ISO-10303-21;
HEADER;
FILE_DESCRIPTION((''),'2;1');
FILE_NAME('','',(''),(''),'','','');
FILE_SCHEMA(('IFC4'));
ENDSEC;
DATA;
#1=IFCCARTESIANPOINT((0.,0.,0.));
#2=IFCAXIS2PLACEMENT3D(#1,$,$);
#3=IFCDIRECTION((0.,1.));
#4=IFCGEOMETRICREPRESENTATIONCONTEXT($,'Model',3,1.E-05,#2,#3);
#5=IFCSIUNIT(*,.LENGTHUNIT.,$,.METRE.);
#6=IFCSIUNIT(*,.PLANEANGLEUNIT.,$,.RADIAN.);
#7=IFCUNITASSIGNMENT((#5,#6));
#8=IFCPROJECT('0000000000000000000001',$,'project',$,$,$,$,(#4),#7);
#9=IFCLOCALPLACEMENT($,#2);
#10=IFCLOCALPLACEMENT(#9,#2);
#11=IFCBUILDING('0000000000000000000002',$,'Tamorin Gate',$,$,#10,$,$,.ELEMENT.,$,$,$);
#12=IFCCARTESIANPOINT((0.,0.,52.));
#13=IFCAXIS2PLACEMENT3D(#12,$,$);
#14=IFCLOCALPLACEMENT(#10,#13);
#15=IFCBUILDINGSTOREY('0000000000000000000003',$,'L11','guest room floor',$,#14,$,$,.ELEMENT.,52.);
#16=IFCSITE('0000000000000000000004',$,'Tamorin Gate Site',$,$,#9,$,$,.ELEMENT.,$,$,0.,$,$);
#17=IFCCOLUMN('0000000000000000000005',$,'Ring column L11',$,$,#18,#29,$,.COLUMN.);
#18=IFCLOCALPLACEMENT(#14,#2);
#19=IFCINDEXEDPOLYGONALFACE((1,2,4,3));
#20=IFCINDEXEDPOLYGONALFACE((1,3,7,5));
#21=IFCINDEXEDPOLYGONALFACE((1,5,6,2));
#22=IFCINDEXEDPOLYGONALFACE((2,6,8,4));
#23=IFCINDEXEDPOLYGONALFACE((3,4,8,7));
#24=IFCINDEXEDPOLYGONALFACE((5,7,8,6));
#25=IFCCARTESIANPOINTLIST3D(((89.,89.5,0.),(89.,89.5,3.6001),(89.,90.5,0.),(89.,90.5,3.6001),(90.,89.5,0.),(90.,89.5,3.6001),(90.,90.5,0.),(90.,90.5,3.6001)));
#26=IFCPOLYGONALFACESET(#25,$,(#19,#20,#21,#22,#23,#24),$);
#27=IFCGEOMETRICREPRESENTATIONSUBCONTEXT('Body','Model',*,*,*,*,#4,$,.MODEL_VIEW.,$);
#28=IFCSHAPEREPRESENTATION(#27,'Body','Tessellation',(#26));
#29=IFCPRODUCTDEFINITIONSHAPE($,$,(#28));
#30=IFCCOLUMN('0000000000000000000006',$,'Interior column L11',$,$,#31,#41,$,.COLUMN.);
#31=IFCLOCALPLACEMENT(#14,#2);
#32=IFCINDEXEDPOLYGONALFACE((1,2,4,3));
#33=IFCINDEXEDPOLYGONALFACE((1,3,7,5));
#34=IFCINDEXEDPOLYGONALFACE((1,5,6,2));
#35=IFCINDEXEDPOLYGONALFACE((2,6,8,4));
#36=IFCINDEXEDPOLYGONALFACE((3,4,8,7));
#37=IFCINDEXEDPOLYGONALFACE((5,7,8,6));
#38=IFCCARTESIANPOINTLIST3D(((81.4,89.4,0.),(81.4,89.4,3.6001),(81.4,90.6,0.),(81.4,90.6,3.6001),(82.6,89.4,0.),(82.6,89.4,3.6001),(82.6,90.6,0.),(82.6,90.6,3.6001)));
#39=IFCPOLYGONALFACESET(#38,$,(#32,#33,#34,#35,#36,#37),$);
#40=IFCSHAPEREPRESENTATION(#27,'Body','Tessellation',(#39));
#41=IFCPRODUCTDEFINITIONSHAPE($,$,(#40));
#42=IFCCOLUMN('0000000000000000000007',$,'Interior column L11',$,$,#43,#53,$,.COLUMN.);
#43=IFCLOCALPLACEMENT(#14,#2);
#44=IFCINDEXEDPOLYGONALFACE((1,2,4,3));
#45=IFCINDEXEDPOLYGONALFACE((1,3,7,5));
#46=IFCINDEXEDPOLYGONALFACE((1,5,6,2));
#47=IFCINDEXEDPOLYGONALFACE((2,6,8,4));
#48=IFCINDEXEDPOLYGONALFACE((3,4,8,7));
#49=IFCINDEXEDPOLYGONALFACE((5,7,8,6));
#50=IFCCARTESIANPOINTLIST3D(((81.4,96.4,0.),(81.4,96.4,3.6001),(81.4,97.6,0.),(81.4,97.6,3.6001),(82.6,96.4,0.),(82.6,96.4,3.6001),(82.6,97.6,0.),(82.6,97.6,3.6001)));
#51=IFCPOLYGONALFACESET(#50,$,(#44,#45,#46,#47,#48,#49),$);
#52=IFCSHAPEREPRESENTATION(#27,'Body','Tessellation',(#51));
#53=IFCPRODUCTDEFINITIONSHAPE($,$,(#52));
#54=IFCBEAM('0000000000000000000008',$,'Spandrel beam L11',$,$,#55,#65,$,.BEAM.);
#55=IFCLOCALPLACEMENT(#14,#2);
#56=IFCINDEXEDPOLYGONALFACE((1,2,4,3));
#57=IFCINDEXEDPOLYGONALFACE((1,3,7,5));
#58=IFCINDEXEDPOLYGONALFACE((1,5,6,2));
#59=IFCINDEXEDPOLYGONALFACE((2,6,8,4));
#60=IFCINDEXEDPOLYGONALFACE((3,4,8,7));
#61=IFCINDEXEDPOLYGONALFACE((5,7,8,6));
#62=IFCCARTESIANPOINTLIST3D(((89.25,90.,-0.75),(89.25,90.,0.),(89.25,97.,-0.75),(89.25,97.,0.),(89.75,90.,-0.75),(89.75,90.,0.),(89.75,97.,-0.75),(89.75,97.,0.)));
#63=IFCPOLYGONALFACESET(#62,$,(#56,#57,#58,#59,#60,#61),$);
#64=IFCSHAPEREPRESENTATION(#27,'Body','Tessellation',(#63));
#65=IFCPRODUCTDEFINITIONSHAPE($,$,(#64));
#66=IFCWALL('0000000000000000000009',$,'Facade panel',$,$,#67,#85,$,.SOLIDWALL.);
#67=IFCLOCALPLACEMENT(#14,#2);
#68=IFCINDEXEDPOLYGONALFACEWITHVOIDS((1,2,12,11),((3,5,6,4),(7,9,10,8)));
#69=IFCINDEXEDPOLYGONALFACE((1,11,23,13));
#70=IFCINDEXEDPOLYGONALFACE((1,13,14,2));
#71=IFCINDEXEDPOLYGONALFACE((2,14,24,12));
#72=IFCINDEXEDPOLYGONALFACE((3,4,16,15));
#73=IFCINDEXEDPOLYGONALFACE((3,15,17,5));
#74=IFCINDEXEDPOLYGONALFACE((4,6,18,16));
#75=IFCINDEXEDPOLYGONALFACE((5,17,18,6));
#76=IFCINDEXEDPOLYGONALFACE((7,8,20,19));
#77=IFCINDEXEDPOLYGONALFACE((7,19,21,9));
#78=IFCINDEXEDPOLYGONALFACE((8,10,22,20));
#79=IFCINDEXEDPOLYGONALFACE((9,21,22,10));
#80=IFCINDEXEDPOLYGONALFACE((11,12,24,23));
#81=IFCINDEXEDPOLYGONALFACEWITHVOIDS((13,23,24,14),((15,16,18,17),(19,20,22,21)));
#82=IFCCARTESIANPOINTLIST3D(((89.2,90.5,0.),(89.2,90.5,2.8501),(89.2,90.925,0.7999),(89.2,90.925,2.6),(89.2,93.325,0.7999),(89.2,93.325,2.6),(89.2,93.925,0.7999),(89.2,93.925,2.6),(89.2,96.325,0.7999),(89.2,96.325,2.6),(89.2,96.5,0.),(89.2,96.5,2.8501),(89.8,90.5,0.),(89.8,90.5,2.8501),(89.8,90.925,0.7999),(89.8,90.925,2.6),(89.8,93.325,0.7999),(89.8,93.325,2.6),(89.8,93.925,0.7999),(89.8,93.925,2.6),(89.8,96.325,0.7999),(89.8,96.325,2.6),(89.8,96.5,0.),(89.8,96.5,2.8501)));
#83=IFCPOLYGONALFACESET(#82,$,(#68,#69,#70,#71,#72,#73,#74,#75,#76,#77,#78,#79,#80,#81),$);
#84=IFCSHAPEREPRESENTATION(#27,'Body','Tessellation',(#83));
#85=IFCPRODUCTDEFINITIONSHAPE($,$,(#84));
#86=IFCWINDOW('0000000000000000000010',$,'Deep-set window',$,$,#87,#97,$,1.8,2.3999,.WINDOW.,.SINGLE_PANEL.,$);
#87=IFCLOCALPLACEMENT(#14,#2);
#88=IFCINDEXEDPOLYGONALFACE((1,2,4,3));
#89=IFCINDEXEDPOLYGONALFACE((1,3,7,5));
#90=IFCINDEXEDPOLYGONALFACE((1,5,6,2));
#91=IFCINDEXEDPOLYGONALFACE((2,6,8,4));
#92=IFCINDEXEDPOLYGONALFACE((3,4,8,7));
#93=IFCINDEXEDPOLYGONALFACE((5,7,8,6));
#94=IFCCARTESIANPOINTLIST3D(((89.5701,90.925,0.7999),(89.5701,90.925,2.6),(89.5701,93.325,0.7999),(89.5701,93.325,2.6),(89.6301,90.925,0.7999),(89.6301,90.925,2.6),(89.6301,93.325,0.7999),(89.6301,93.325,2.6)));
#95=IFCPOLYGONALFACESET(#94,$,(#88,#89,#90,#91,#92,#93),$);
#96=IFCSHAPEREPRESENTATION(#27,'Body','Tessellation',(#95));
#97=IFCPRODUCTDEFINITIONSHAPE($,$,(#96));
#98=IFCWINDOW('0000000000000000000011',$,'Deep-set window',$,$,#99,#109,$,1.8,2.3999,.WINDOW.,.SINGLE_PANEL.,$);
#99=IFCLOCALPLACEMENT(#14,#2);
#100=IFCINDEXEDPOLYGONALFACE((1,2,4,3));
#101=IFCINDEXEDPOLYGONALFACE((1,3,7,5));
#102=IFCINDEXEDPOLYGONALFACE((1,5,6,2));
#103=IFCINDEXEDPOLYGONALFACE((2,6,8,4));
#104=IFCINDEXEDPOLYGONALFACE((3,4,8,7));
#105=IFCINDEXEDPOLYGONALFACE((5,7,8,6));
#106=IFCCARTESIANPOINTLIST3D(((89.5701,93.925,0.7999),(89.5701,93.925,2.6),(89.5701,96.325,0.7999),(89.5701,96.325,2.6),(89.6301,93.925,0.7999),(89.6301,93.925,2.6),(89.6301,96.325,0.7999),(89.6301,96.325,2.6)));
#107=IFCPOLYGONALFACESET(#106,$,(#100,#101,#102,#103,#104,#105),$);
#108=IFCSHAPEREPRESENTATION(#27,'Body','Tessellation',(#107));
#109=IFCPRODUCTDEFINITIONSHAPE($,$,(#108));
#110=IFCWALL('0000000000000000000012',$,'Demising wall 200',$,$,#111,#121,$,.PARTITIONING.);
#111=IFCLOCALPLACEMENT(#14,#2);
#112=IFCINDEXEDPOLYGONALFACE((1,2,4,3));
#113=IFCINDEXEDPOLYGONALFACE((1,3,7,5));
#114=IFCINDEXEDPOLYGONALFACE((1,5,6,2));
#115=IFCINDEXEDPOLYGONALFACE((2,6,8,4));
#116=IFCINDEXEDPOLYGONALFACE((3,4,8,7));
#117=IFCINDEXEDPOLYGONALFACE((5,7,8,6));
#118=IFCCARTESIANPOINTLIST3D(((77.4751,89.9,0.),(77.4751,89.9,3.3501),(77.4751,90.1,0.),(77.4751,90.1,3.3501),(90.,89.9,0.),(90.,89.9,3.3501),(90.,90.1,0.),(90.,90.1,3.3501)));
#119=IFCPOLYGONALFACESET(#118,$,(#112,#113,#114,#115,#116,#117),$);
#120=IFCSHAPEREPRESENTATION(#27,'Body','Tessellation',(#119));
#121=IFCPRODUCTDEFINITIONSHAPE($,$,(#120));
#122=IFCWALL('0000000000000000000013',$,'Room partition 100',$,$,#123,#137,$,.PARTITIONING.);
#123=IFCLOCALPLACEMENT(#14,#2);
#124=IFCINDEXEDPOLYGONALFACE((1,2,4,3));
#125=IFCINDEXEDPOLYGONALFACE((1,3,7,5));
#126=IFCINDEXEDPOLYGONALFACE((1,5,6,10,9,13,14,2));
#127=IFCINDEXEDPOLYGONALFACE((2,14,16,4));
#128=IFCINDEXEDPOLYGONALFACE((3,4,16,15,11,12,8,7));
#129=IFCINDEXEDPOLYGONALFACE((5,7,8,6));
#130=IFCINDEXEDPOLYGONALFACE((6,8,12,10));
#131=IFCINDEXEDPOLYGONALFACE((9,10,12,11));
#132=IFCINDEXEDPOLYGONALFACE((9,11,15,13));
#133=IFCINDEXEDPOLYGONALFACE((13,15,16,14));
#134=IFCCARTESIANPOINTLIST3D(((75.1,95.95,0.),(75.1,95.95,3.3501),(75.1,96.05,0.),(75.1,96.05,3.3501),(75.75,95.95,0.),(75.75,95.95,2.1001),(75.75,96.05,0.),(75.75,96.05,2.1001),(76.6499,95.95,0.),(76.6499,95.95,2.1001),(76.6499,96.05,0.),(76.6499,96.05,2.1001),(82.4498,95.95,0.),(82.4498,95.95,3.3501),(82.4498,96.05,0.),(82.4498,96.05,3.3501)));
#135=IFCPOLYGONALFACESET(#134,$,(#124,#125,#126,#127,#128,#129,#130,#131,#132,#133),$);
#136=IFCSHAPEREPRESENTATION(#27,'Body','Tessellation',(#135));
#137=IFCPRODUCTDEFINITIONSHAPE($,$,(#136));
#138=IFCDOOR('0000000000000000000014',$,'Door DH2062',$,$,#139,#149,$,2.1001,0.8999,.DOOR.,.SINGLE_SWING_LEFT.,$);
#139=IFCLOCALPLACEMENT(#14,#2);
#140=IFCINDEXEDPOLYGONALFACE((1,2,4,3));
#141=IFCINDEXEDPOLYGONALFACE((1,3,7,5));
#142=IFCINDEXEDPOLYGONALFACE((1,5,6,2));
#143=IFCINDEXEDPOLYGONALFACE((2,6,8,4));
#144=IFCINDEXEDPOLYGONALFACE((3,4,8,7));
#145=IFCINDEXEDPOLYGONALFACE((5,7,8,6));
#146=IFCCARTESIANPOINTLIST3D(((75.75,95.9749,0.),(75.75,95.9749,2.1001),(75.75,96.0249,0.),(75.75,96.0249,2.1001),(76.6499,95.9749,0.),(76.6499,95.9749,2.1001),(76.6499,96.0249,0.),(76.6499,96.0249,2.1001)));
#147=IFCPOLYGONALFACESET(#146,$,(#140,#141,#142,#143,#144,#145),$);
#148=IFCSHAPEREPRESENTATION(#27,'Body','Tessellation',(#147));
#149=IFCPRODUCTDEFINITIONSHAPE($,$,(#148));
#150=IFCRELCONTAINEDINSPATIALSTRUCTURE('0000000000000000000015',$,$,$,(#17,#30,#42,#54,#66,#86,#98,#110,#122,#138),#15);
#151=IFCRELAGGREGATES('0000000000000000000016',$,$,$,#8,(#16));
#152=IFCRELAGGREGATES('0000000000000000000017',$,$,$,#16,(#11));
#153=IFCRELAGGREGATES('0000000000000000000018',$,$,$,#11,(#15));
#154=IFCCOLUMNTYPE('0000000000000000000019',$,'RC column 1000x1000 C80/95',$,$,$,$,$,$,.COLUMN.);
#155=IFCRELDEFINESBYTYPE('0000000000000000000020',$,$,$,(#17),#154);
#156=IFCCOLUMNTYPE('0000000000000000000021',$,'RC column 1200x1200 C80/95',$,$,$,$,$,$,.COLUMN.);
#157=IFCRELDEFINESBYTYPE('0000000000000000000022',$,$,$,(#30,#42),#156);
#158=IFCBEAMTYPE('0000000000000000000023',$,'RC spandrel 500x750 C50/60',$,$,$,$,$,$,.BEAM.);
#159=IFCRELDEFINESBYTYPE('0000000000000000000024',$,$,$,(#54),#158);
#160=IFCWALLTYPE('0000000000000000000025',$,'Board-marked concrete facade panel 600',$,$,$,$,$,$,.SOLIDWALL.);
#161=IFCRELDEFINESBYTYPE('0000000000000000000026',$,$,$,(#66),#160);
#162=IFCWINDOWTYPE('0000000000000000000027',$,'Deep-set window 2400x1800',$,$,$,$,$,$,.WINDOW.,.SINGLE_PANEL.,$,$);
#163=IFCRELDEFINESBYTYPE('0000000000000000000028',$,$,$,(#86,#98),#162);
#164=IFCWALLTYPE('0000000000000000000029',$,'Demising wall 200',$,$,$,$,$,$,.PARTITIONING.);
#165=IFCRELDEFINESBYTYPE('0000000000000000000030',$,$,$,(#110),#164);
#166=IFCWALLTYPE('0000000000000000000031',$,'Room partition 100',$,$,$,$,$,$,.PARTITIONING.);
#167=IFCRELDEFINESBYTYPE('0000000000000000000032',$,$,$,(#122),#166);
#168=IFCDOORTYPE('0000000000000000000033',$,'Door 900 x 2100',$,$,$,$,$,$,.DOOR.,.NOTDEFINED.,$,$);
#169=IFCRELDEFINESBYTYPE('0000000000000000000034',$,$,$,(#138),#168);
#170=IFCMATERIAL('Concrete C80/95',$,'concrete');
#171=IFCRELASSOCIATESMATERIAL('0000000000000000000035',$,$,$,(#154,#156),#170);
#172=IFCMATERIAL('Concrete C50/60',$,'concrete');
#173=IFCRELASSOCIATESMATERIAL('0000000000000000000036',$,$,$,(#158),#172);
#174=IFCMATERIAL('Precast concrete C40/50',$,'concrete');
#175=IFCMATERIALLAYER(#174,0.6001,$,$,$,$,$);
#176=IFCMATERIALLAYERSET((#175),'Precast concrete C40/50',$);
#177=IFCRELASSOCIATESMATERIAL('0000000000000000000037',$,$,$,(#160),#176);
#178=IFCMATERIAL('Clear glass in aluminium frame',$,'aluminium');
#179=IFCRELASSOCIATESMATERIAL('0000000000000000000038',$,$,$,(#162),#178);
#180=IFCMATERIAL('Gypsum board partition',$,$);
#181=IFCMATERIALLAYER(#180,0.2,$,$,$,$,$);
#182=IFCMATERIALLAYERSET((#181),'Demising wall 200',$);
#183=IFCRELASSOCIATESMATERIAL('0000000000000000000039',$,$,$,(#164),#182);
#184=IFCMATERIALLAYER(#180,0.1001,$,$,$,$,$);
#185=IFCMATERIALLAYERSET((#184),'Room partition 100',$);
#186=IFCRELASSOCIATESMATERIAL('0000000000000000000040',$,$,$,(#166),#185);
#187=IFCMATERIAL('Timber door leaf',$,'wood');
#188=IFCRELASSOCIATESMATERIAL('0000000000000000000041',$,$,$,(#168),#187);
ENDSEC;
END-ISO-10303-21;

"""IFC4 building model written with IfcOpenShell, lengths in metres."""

from ifc_helpers import new_model, si_unit, direction, frame, frame_2d, origin, origin_2d, place, context, subcontext, project, spatial, rectangle, extrude, material, layer, layer_set, material_profile, profile_set, type_object, element, fill, save


model = new_model("IFC4")

# Units and contexts
model_context = context("Model", 3, precision=1e-05, world=origin(), true_north=direction((0.0, 1.0)))
body_context = subcontext(model_context, "Body", "Model", "MODEL_VIEW")
ifc_project = project(units=[si_unit("LENGTHUNIT", "METRE"), si_unit("PLANEANGLEUNIT", "RADIAN")], contexts=[model_context])

# Site, building, storey
site_placement = place(None, origin())
site = spatial("IfcSite", under=ifc_project, at=site_placement, Name="Tamorin Gate Site", CompositionType="ELEMENT", RefElevation=0.0)
building_placement = place(site_placement, origin())
building = spatial("IfcBuilding", under=site, at=building_placement, Name="Tamorin Gate", CompositionType="ELEMENT")
storey_placement = place(building_placement, frame((0.0, 0.0, 52.0)))
storey = spatial("IfcBuildingStorey", under=building, at=storey_placement, Name="L11", Description="guest room floor", CompositionType="ELEMENT", Elevation=52.0)

# Columns
ifc_material_1 = material(Name="Concrete C80/95", Category="concrete")
ifc_material_profile_1 = material_profile(ifc_material_1, rectangle(XDim=1.0, YDim=1.0, at=origin_2d()), Name="RC 1000x1000")
ifc_profile_set_1 = profile_set([ifc_material_profile_1], Name="Concrete C80/95")
column_type_1 = type_object("IfcColumnType", Name="RC column 1000x1000 C80/95", PredefinedType="COLUMN", material=ifc_profile_set_1)
column_placement = place(storey_placement, frame((89.5, 90.0, 0.0), z_axis=(0.0, 0.0, 1.0), x_axis=(1.0, 0.0, 0.0)))
element("IfcColumn", 1, at=column_placement, inside=storey, type_object=column_type_1, Name="Ring column L11", PredefinedType="COLUMN", context=body_context, shape_type="SweptSolid", body=[
    extrude(rectangle(XDim=1.0, YDim=1.0, at=origin_2d()), origin(), (0.0, 0.0, 1.0), 3.6001),
])
ifc_material_profile_2 = material_profile(ifc_material_1, rectangle(XDim=1.2, YDim=1.2, at=origin_2d()), Name="RC 1200x1200")
ifc_profile_set_2 = profile_set([ifc_material_profile_2], Name="Concrete C80/95")
column_type_2 = type_object("IfcColumnType", Name="RC column 1200x1200 C80/95", PredefinedType="COLUMN", material=ifc_profile_set_2)
for number, where, z_axis, x_axis, name in (
    (2, (82.0, 90.0, 0.0), (0.0, 0.0, 1.0), (1.0, 0.0, 0.0), "Interior column L11"),
    (3, (82.0, 97.0, 0.0), (0.0, 0.0, 1.0), (1.0, 0.0, 0.0), "Interior column L11"),
):
    element("IfcColumn", number, at=place(storey_placement, frame(where, z_axis=z_axis, x_axis=x_axis)), inside=storey, type_object=column_type_2, Name=name, PredefinedType="COLUMN", context=body_context, shape_type="SweptSolid", body=[
        extrude(rectangle(XDim=1.2, YDim=1.2, at=origin_2d()), origin(), (0.0, 0.0, 1.0), 3.6001),
    ])

# Beam
ifc_material_2 = material(Name="Concrete C50/60", Category="concrete")
ifc_material_profile_3 = material_profile(ifc_material_2, rectangle(XDim=0.5, YDim=0.75, at=origin_2d()), Name="RC 500x750")
ifc_profile_set_3 = profile_set([ifc_material_profile_3], Name="Concrete C50/60")
beam_type = type_object("IfcBeamType", Name="RC spandrel 500x750 C50/60", PredefinedType="BEAM", material=ifc_profile_set_3)
beam_placement = place(storey_placement, frame((89.5, 90.0, -0.375), z_axis=(0.0, 1.0, 0.0), x_axis=(-1.0, 0.0, 0.0)))
element("IfcBeam", 4, at=beam_placement, inside=storey, type_object=beam_type, Name="Spandrel beam L11", PredefinedType="BEAM", context=body_context, shape_type="SweptSolid", body=[
    extrude(rectangle(XDim=0.5, YDim=0.75, at=origin_2d()), origin(), (0.0, 0.0, 1.0), 7.0),
])

# Wall, openings, windows
ifc_material_3 = material(Name="Precast concrete C40/50", Category="concrete")
ifc_layer_1 = layer(ifc_material_3, 0.6001)
ifc_layer_set_1 = layer_set([ifc_layer_1], Name="Precast concrete C40/50")
wall_type_1 = type_object("IfcWallType", Name="Board-marked concrete facade panel 600", PredefinedType="SOLIDWALL", material=ifc_layer_set_1)
wall_1_placement = place(storey_placement, frame((89.5, 90.5, 0.0), z_axis=(0.0, 0.0, 1.0), x_axis=(0.0, 1.0, 0.0)))
wall_1 = element("IfcWall", 5, at=wall_1_placement, inside=storey, type_object=wall_type_1, Name="Facade panel", PredefinedType="SOLIDWALL", context=body_context, shape_type="SweptSolid", body=[
    extrude(rectangle(XDim=6.0, YDim=0.6001, at=frame_2d((3.0, 0.0))), origin(), (0.0, 0.0, 1.0), 2.8501),
])
opening_1_placement = place(wall_1_placement, frame((0.425, 0.0, 0.8)))
opening_1 = element("IfcOpeningElement", 6, at=opening_1_placement, cuts=wall_1, PredefinedType="OPENING", context=body_context, shape_type="SweptSolid", body=[
    extrude(rectangle(XDim=2.3999, YDim=1.8, at=frame_2d((1.2, 0.8999))), frame((0.0, 0.3101, 0.0), z_axis=(0.0, -1.0, 0.0), x_axis=(1.0, 0.0, 0.0)), (0.0, 0.0, 1.0), 0.6201),
])
opening_2_placement = place(wall_1_placement, frame((3.425, 0.0, 0.8)))
opening_2 = element("IfcOpeningElement", 7, at=opening_2_placement, cuts=wall_1, PredefinedType="OPENING", context=body_context, shape_type="SweptSolid", body=[
    extrude(rectangle(XDim=2.3999, YDim=1.8, at=frame_2d((1.2, 0.8999))), frame((0.0, 0.3101, 0.0), z_axis=(0.0, -1.0, 0.0), x_axis=(1.0, 0.0, 0.0)), (0.0, 0.0, 1.0), 0.6201),
])
ifc_material_4 = material(Name="Clear glass in aluminium frame", Category="aluminium")
window_type = type_object("IfcWindowType", Name="Deep-set window 2400x1800", PartitioningType="SINGLE_PANEL", PredefinedType="WINDOW", material=ifc_material_4)
window_1_placement = place(opening_1_placement, origin())
window_1 = element("IfcWindow", 8, at=window_1_placement, inside=storey, type_object=window_type, Name="Deep-set window", OverallHeight=1.8, OverallWidth=2.3999, PartitioningType="SINGLE_PANEL", PredefinedType="WINDOW", context=body_context, shape_type="SweptSolid", body=[
    extrude(rectangle(XDim=2.3999, YDim=1.8, at=frame_2d((1.2, 0.8999))), frame((0.0, -0.0701, 0.0), z_axis=(0.0, -1.0, 0.0), x_axis=(1.0, 0.0, 0.0)), (0.0, 0.0, 1.0), 0.0601),
])
fill(opening_1, window_1)
window_2_placement = place(opening_2_placement, origin())
window_2 = element("IfcWindow", 9, at=window_2_placement, inside=storey, type_object=window_type, Name="Deep-set window", OverallHeight=1.8, OverallWidth=2.3999, PartitioningType="SINGLE_PANEL", PredefinedType="WINDOW", context=body_context, shape_type="SweptSolid", body=[
    extrude(rectangle(XDim=2.3999, YDim=1.8, at=frame_2d((1.2, 0.8999))), frame((0.0, -0.0701, 0.0), z_axis=(0.0, -1.0, 0.0), x_axis=(1.0, 0.0, 0.0)), (0.0, 0.0, 1.0), 0.0601),
])
fill(opening_2, window_2)

# Wall
ifc_material_5 = material(Name="Gypsum board partition")
ifc_layer_2 = layer(ifc_material_5, 0.2)
ifc_layer_set_2 = layer_set([ifc_layer_2], Name="Demising wall 200")
wall_type_2 = type_object("IfcWallType", Name="Demising wall 200", PredefinedType="PARTITIONING", material=ifc_layer_set_2)
wall_2_placement = place(storey_placement, frame((77.4751, 90.0, 0.0), z_axis=(0.0, 0.0, 1.0), x_axis=(1.0, 0.0, 0.0)))
element("IfcWall", 10, at=wall_2_placement, inside=storey, type_object=wall_type_2, Name="Demising wall 200", PredefinedType="PARTITIONING", context=body_context, shape_type="SweptSolid", body=[
    extrude(rectangle(XDim=12.5249, YDim=0.2, at=frame_2d((6.2625, 0.0))), origin(), (0.0, 0.0, 1.0), 3.3501),
])

# Wall, opening, door
ifc_layer_3 = layer(ifc_material_5, 0.1001)
ifc_layer_set_3 = layer_set([ifc_layer_3], Name="Room partition 100")
wall_type_3 = type_object("IfcWallType", Name="Room partition 100", PredefinedType="PARTITIONING", material=ifc_layer_set_3)
wall_3_placement = place(storey_placement, frame((75.1001, 96.0, 0.0), z_axis=(0.0, 0.0, 1.0), x_axis=(1.0, 0.0, 0.0)))
wall_3 = element("IfcWall", 11, at=wall_3_placement, inside=storey, type_object=wall_type_3, Name="Room partition 100", PredefinedType="PARTITIONING", context=body_context, shape_type="SweptSolid", body=[
    extrude(rectangle(XDim=7.3499, YDim=0.1001, at=frame_2d((3.6748, 0.0))), origin(), (0.0, 0.0, 1.0), 3.3501),
])
opening_3_placement = place(wall_3_placement, frame((0.6499, 0.0, 0.0)))
opening_3 = element("IfcOpeningElement", 12, at=opening_3_placement, cuts=wall_3, PredefinedType="OPENING", context=body_context, shape_type="SweptSolid", body=[
    extrude(rectangle(XDim=0.8999, YDim=2.1001, at=frame_2d((0.45, 1.05))), frame((0.0, 0.0601, 0.0), z_axis=(0.0, -1.0, 0.0), x_axis=(1.0, 0.0, 0.0)), (0.0, 0.0, 1.0), 0.1201),
])
ifc_material_6 = material(Name="Timber door leaf", Category="wood")
door_type = type_object("IfcDoorType", Name="Door 900 x 2100", OperationType="NOTDEFINED", PredefinedType="DOOR", material=ifc_material_6)
door_1_placement = place(opening_3_placement, origin())
door_1 = element("IfcDoor", 13, at=door_1_placement, inside=storey, type_object=door_type, Name="Door DH2062", OperationType="SINGLE_SWING_LEFT", OverallHeight=2.1001, OverallWidth=0.8999, PredefinedType="DOOR", context=body_context, shape_type="SweptSolid", body=[
    extrude(rectangle(XDim=0.8999, YDim=2.1001, at=frame_2d((0.45, 1.05))), frame((0.0, 0.0249, 0.0), z_axis=(0.0, -1.0, 0.0), x_axis=(1.0, 0.0, 0.0)), (0.0, 0.0, 1.0), 0.05),
])
fill(opening_3, door_1)

save(model, "model.ifc")
